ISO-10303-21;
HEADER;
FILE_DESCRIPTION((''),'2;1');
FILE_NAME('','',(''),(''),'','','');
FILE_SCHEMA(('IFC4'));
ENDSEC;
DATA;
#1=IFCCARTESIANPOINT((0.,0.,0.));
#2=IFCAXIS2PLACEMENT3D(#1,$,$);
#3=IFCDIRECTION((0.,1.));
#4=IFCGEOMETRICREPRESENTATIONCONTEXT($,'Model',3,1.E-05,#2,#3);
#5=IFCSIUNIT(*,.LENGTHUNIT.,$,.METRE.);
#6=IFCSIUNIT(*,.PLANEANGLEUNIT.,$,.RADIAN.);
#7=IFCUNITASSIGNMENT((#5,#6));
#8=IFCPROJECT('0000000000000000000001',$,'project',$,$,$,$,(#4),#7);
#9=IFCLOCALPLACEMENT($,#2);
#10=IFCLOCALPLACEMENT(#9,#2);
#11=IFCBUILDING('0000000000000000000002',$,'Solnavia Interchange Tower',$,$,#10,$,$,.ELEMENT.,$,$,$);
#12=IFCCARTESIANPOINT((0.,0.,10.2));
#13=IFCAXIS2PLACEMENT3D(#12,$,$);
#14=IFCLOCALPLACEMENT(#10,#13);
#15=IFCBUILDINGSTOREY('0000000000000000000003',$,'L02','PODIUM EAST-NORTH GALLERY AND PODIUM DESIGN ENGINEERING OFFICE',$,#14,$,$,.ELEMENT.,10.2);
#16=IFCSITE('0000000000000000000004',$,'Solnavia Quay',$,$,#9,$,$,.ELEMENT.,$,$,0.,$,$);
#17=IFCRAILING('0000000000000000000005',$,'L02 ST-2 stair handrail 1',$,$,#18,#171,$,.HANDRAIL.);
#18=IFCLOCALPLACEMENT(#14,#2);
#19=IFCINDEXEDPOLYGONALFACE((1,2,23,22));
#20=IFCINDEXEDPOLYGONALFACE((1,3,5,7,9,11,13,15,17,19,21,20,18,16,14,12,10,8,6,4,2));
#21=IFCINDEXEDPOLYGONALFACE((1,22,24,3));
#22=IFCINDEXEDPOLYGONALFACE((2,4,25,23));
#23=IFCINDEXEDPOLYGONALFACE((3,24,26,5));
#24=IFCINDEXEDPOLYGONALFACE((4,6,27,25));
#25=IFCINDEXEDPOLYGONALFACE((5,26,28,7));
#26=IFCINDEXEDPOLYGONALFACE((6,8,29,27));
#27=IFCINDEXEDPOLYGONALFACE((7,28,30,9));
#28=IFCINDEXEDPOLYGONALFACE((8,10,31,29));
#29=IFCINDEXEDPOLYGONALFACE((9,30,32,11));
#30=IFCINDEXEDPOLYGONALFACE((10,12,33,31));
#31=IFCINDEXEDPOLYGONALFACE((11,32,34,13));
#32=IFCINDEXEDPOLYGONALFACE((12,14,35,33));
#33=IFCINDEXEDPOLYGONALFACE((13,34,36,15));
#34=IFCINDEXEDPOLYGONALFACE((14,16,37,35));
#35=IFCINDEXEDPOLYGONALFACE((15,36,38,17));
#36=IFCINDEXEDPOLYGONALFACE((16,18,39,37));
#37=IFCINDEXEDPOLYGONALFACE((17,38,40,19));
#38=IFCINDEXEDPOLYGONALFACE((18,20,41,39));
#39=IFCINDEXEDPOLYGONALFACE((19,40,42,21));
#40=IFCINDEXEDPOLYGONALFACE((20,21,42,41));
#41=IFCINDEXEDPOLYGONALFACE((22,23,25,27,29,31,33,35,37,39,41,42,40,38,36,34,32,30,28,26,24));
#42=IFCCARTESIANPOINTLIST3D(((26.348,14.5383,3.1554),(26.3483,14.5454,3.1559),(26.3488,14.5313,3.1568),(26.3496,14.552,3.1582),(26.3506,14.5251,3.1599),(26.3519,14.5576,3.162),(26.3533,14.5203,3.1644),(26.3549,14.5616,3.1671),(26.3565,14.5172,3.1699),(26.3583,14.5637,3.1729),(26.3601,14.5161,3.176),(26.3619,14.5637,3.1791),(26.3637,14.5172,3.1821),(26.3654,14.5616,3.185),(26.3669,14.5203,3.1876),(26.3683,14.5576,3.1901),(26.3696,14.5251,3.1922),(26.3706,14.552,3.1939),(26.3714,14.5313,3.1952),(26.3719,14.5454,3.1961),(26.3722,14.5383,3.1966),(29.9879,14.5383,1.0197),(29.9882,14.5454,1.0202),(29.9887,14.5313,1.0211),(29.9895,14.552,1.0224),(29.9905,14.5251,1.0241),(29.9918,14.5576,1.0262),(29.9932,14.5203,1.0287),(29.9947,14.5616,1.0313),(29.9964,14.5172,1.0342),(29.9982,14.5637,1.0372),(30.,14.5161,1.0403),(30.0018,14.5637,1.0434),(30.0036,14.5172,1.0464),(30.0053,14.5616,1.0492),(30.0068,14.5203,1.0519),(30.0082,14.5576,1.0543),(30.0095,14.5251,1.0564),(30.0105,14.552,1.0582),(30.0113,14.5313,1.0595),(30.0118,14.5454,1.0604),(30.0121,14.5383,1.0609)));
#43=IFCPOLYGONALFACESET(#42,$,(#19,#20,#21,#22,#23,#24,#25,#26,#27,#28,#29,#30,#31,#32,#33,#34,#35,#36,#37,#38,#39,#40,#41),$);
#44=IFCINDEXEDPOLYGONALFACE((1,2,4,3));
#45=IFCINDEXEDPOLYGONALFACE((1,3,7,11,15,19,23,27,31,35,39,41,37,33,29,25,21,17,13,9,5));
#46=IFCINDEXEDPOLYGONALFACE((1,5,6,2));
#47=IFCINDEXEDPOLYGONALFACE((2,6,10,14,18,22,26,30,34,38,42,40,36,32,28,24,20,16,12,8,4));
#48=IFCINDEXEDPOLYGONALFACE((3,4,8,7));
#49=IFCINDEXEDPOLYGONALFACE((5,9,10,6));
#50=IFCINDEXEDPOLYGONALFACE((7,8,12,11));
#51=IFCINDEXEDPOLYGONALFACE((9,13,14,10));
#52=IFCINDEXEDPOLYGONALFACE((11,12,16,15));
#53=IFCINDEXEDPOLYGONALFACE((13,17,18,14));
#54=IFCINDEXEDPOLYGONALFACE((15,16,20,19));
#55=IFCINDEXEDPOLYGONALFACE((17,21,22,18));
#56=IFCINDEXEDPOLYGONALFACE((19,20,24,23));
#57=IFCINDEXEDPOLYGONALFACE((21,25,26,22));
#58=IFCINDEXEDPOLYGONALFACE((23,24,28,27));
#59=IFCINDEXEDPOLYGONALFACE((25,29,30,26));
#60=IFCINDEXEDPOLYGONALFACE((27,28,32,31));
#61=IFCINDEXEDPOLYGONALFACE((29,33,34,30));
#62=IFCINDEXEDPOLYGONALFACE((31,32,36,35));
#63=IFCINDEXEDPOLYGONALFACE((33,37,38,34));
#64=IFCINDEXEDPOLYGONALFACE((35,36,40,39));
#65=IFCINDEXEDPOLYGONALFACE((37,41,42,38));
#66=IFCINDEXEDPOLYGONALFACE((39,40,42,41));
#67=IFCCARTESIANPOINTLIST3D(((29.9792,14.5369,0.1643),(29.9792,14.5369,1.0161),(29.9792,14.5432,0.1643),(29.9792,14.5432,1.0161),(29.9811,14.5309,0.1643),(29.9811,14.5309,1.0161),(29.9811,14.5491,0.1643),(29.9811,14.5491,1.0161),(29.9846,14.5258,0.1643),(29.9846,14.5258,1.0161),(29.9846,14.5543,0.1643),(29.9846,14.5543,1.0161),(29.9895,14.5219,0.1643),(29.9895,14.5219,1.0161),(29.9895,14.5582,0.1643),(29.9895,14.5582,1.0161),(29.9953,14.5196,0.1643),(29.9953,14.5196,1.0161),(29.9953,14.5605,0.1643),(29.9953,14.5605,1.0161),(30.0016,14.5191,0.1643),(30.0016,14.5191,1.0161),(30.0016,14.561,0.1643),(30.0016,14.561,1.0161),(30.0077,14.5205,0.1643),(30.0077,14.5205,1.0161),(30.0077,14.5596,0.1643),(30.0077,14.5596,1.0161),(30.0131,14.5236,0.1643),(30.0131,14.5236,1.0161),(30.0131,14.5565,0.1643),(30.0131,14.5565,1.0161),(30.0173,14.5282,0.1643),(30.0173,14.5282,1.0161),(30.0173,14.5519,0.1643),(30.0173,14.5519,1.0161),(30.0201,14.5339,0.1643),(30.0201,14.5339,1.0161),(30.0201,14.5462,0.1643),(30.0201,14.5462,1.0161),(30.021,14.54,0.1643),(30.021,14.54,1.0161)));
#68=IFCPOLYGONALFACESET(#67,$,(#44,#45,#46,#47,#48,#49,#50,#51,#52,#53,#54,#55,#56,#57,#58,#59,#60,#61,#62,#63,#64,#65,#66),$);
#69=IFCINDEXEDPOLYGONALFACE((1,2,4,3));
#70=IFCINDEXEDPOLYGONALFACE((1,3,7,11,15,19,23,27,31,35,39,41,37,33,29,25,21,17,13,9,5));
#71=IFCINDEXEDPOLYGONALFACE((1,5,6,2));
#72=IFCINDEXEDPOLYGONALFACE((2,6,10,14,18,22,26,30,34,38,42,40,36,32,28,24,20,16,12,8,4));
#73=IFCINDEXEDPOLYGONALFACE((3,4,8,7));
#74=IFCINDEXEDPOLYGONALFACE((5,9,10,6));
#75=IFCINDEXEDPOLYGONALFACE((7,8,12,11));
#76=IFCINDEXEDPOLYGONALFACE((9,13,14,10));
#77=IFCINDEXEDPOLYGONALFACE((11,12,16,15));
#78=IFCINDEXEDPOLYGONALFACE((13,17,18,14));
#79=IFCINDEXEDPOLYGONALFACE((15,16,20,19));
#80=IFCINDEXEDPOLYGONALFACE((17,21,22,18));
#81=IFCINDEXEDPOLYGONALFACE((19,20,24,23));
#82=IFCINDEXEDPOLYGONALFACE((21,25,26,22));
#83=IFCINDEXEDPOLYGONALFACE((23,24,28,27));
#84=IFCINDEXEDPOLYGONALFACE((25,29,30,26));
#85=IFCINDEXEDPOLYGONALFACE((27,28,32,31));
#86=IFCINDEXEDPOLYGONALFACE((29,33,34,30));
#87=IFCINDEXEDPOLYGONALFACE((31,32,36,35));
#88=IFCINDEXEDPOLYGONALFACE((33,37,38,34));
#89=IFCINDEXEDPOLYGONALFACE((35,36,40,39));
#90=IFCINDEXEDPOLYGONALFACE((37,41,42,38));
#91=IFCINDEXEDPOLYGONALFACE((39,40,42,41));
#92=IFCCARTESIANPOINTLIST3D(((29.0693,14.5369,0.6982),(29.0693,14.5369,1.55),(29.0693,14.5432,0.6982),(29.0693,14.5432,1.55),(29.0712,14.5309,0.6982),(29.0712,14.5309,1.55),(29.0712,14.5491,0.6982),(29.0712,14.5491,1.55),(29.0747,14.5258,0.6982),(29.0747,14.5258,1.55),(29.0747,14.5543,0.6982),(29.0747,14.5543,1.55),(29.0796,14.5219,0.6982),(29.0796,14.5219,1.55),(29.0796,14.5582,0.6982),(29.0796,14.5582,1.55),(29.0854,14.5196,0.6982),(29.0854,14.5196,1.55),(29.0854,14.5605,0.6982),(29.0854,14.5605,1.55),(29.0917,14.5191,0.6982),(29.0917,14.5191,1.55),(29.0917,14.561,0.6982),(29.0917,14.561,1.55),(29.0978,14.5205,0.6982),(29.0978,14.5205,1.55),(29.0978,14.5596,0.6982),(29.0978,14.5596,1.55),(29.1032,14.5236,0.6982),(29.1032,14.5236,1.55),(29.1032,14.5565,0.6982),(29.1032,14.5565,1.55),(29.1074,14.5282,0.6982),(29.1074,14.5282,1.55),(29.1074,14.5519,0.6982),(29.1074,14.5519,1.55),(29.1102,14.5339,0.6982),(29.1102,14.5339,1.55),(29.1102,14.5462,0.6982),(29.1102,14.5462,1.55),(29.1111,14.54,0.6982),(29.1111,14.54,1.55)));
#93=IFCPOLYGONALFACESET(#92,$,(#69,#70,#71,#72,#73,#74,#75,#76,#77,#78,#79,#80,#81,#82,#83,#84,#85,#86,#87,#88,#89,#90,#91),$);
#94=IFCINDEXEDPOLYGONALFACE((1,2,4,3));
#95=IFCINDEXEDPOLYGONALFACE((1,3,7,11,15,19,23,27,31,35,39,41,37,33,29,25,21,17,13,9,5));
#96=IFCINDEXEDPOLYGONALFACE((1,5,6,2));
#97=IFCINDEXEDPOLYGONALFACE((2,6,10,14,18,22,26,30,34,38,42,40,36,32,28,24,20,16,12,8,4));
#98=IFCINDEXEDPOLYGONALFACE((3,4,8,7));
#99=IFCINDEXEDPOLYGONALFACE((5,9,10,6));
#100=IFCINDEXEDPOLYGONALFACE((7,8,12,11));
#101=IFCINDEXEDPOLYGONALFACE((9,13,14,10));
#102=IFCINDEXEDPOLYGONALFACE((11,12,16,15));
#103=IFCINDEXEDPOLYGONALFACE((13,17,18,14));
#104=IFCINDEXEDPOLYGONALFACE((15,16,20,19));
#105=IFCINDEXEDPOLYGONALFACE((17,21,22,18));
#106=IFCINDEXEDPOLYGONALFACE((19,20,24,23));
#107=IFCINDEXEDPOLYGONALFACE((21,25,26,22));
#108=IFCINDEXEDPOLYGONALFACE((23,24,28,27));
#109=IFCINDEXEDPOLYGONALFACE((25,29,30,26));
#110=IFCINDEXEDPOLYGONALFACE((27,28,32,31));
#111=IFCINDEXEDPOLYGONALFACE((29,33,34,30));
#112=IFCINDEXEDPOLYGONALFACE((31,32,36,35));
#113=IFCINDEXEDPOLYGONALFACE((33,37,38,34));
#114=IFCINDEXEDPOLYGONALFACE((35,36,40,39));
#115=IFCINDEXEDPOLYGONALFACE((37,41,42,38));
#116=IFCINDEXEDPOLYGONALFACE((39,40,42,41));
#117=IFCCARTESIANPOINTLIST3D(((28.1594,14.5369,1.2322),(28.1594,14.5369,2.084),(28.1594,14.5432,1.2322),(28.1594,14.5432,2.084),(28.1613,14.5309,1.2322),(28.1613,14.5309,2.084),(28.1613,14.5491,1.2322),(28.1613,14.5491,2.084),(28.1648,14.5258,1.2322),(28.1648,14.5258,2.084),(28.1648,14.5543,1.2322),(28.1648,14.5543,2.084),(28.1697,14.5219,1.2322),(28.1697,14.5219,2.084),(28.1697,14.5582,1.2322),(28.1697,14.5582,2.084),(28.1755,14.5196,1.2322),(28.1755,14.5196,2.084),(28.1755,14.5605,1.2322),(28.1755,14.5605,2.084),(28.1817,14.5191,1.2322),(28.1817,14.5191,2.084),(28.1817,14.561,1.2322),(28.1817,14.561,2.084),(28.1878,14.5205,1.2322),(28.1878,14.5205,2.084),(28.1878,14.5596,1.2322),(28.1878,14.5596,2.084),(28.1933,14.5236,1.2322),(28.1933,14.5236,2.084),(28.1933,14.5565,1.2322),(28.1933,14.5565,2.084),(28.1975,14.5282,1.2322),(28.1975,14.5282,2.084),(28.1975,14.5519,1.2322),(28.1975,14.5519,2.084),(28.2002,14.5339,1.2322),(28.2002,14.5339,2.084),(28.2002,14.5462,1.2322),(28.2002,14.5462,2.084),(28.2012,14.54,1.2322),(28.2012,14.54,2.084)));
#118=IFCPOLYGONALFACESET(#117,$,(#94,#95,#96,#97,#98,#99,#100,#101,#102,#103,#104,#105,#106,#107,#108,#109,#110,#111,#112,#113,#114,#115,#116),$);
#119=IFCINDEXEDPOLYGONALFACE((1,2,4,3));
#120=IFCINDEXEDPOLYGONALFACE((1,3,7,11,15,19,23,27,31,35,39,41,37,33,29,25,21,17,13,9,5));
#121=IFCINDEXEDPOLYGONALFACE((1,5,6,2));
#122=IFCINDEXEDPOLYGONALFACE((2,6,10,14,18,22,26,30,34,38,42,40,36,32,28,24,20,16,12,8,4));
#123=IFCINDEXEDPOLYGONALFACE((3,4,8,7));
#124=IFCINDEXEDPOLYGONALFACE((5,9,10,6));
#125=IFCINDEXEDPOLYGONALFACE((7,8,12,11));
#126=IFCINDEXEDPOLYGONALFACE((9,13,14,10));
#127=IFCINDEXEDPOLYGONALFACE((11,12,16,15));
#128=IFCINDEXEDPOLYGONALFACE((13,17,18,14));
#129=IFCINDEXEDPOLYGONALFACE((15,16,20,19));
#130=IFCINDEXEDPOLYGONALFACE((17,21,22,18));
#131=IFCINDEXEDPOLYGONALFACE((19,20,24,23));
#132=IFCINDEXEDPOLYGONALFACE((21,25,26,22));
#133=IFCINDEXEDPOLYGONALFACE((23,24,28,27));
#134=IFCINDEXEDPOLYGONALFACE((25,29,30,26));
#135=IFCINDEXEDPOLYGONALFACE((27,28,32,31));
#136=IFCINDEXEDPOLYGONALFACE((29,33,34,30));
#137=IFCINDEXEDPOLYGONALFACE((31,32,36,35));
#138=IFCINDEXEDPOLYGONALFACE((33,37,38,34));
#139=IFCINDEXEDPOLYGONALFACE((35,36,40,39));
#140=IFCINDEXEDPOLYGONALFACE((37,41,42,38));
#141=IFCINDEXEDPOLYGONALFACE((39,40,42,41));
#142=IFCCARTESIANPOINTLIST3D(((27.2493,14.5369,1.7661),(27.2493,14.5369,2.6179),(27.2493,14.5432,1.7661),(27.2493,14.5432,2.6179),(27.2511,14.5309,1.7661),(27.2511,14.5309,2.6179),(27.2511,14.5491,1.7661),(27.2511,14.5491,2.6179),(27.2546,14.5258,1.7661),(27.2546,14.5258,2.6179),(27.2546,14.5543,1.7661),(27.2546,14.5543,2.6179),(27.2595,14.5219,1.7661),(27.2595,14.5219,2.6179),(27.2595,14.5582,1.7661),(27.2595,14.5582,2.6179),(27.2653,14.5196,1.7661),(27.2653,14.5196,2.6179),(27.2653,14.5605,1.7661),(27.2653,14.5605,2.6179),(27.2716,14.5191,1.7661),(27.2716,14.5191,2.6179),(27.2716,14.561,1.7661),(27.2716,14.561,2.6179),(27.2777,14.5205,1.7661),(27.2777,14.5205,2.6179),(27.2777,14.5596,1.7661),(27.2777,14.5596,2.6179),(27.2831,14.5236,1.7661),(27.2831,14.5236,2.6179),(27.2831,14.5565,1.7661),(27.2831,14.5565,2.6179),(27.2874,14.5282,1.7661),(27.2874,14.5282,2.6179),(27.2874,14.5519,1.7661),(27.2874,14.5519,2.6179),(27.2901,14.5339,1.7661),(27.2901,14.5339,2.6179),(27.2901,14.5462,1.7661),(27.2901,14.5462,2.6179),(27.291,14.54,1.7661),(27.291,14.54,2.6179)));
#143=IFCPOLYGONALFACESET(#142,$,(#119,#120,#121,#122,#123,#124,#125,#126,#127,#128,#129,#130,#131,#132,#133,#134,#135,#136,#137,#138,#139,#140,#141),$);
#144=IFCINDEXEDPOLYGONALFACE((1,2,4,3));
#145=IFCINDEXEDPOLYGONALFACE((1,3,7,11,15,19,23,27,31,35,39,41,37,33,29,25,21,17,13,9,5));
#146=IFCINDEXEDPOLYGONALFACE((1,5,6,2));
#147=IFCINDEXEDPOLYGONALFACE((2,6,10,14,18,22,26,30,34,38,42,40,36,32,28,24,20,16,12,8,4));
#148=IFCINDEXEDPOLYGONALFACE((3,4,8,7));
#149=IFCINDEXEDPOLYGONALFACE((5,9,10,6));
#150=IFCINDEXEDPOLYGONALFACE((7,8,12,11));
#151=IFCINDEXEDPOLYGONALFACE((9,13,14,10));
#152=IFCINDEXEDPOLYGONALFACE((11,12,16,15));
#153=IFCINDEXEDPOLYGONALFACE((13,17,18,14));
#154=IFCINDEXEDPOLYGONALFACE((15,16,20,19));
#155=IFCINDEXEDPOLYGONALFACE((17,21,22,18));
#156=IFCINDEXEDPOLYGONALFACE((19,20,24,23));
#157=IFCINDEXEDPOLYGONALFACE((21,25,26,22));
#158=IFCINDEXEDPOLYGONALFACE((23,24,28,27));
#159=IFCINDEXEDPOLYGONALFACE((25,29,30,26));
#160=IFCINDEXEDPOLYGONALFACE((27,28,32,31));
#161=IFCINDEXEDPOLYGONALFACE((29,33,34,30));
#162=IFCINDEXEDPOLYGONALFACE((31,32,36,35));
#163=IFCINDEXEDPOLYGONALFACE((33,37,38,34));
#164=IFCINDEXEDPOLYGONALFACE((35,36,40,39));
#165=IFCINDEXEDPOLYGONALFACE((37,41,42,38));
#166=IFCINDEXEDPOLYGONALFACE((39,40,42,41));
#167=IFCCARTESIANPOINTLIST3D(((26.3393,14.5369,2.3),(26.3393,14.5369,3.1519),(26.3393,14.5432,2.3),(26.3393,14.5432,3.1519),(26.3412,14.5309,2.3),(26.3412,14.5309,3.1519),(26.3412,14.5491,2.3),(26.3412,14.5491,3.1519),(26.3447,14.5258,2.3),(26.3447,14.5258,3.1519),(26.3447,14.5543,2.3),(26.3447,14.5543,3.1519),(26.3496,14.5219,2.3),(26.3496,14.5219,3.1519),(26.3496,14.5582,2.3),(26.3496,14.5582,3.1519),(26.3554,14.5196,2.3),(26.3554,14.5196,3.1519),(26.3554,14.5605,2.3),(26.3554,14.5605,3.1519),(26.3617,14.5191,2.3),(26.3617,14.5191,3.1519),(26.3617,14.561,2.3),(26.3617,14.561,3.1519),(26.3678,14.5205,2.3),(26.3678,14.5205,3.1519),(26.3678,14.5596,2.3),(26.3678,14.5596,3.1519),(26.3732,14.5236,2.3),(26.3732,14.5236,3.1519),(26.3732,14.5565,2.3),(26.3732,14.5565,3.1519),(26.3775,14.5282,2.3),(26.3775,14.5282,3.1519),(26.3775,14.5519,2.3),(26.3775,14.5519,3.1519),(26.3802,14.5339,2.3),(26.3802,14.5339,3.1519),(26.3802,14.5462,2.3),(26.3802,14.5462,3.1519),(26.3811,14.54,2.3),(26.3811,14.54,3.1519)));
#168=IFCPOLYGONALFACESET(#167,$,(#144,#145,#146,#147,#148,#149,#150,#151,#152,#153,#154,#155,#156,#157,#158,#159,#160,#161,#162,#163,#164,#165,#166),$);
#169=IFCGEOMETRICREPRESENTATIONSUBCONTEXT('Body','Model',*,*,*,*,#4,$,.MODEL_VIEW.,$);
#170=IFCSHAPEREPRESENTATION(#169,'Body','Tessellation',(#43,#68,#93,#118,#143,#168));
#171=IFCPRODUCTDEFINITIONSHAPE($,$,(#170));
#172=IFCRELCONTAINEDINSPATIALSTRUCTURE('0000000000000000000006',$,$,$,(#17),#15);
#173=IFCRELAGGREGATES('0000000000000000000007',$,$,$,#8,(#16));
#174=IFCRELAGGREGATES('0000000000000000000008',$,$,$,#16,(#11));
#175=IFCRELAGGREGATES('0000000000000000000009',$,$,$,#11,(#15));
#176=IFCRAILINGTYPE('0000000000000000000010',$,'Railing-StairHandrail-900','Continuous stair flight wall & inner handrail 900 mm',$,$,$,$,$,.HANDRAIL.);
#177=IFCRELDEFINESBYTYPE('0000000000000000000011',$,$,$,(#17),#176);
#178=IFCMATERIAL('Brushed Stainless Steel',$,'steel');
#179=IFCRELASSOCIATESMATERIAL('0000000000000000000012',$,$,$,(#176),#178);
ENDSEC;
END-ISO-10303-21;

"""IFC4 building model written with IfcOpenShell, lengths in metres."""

from ifc_helpers import new_model, si_unit, direction, frame, origin, origin_2d, place, context, subcontext, project, spatial, circle, extrude, material, type_object, element, save


model = new_model("IFC4")

# Units and contexts
model_context = context("Model", 3, precision=1e-05, world=origin(), true_north=direction((0.0, 1.0)))
body_context = subcontext(model_context, "Body", "Model", "MODEL_VIEW")
ifc_project = project(units=[si_unit("LENGTHUNIT", "METRE"), si_unit("PLANEANGLEUNIT", "RADIAN")], contexts=[model_context])

# Site, building, storey
site_placement = place(None, origin())
site = spatial("IfcSite", under=ifc_project, at=site_placement, Name="Solnavia Quay", CompositionType="ELEMENT", RefElevation=0.0)
building_placement = place(site_placement, origin())
building = spatial("IfcBuilding", under=site, at=building_placement, Name="Solnavia Interchange Tower", CompositionType="ELEMENT")
storey_placement = place(building_placement, frame((0.0, 0.0, 10.2)))
storey = spatial("IfcBuildingStorey", under=building, at=storey_placement, Name="L02", Description="PODIUM EAST-NORTH GALLERY AND PODIUM DESIGN ENGINEERING OFFICE", CompositionType="ELEMENT", Elevation=10.2)

# Railing
ifc_material_1 = material(Name="Brushed Stainless Steel", Category="steel")
railing_type_1 = type_object("IfcRailingType", Name="Railing-StairHandrail-900", Description="Continuous stair flight wall & inner handrail 900 mm", PredefinedType="HANDRAIL", material=ifc_material_1)
railing_1_placement = place(storey_placement, frame((30.0, 14.54, 0.1643)))
element("IfcRailing", 1, at=railing_1_placement, inside=storey, type_object=railing_type_1, Name="L02 ST-2 stair handrail 1", PredefinedType="HANDRAIL", context=body_context, shape_type="SweptSolid", body=[
    extrude(circle(Radius=0.0239, at=origin_2d()), frame((0.0, 0.0, 0.876), z_axis=(-0.86249, 0.0, 0.506074), x_axis=(0.0, -1.0, 0.0)), (0.0, 0.0, 1.0), 4.2202),
    extrude(circle(Radius=0.021, at=origin_2d()), origin(), (0.0, 0.0, 1.0), 0.8518),
    extrude(circle(Radius=0.021, at=origin_2d()), frame((-0.9099, 0.0, 0.5339)), (0.0, 0.0, 1.0), 0.8518),
    extrude(circle(Radius=0.021, at=origin_2d()), frame((-1.8198, 0.0, 1.0679)), (0.0, 0.0, 1.0), 0.8518),
    extrude(circle(Radius=0.021, at=origin_2d()), frame((-2.73, 0.0, 1.6018)), (0.0, 0.0, 1.0), 0.8518),
    extrude(circle(Radius=0.021, at=origin_2d()), frame((-3.6399, 0.0, 2.1357)), (0.0, 0.0, 1.0), 0.8518),
])

save(model, "model.ifc")
